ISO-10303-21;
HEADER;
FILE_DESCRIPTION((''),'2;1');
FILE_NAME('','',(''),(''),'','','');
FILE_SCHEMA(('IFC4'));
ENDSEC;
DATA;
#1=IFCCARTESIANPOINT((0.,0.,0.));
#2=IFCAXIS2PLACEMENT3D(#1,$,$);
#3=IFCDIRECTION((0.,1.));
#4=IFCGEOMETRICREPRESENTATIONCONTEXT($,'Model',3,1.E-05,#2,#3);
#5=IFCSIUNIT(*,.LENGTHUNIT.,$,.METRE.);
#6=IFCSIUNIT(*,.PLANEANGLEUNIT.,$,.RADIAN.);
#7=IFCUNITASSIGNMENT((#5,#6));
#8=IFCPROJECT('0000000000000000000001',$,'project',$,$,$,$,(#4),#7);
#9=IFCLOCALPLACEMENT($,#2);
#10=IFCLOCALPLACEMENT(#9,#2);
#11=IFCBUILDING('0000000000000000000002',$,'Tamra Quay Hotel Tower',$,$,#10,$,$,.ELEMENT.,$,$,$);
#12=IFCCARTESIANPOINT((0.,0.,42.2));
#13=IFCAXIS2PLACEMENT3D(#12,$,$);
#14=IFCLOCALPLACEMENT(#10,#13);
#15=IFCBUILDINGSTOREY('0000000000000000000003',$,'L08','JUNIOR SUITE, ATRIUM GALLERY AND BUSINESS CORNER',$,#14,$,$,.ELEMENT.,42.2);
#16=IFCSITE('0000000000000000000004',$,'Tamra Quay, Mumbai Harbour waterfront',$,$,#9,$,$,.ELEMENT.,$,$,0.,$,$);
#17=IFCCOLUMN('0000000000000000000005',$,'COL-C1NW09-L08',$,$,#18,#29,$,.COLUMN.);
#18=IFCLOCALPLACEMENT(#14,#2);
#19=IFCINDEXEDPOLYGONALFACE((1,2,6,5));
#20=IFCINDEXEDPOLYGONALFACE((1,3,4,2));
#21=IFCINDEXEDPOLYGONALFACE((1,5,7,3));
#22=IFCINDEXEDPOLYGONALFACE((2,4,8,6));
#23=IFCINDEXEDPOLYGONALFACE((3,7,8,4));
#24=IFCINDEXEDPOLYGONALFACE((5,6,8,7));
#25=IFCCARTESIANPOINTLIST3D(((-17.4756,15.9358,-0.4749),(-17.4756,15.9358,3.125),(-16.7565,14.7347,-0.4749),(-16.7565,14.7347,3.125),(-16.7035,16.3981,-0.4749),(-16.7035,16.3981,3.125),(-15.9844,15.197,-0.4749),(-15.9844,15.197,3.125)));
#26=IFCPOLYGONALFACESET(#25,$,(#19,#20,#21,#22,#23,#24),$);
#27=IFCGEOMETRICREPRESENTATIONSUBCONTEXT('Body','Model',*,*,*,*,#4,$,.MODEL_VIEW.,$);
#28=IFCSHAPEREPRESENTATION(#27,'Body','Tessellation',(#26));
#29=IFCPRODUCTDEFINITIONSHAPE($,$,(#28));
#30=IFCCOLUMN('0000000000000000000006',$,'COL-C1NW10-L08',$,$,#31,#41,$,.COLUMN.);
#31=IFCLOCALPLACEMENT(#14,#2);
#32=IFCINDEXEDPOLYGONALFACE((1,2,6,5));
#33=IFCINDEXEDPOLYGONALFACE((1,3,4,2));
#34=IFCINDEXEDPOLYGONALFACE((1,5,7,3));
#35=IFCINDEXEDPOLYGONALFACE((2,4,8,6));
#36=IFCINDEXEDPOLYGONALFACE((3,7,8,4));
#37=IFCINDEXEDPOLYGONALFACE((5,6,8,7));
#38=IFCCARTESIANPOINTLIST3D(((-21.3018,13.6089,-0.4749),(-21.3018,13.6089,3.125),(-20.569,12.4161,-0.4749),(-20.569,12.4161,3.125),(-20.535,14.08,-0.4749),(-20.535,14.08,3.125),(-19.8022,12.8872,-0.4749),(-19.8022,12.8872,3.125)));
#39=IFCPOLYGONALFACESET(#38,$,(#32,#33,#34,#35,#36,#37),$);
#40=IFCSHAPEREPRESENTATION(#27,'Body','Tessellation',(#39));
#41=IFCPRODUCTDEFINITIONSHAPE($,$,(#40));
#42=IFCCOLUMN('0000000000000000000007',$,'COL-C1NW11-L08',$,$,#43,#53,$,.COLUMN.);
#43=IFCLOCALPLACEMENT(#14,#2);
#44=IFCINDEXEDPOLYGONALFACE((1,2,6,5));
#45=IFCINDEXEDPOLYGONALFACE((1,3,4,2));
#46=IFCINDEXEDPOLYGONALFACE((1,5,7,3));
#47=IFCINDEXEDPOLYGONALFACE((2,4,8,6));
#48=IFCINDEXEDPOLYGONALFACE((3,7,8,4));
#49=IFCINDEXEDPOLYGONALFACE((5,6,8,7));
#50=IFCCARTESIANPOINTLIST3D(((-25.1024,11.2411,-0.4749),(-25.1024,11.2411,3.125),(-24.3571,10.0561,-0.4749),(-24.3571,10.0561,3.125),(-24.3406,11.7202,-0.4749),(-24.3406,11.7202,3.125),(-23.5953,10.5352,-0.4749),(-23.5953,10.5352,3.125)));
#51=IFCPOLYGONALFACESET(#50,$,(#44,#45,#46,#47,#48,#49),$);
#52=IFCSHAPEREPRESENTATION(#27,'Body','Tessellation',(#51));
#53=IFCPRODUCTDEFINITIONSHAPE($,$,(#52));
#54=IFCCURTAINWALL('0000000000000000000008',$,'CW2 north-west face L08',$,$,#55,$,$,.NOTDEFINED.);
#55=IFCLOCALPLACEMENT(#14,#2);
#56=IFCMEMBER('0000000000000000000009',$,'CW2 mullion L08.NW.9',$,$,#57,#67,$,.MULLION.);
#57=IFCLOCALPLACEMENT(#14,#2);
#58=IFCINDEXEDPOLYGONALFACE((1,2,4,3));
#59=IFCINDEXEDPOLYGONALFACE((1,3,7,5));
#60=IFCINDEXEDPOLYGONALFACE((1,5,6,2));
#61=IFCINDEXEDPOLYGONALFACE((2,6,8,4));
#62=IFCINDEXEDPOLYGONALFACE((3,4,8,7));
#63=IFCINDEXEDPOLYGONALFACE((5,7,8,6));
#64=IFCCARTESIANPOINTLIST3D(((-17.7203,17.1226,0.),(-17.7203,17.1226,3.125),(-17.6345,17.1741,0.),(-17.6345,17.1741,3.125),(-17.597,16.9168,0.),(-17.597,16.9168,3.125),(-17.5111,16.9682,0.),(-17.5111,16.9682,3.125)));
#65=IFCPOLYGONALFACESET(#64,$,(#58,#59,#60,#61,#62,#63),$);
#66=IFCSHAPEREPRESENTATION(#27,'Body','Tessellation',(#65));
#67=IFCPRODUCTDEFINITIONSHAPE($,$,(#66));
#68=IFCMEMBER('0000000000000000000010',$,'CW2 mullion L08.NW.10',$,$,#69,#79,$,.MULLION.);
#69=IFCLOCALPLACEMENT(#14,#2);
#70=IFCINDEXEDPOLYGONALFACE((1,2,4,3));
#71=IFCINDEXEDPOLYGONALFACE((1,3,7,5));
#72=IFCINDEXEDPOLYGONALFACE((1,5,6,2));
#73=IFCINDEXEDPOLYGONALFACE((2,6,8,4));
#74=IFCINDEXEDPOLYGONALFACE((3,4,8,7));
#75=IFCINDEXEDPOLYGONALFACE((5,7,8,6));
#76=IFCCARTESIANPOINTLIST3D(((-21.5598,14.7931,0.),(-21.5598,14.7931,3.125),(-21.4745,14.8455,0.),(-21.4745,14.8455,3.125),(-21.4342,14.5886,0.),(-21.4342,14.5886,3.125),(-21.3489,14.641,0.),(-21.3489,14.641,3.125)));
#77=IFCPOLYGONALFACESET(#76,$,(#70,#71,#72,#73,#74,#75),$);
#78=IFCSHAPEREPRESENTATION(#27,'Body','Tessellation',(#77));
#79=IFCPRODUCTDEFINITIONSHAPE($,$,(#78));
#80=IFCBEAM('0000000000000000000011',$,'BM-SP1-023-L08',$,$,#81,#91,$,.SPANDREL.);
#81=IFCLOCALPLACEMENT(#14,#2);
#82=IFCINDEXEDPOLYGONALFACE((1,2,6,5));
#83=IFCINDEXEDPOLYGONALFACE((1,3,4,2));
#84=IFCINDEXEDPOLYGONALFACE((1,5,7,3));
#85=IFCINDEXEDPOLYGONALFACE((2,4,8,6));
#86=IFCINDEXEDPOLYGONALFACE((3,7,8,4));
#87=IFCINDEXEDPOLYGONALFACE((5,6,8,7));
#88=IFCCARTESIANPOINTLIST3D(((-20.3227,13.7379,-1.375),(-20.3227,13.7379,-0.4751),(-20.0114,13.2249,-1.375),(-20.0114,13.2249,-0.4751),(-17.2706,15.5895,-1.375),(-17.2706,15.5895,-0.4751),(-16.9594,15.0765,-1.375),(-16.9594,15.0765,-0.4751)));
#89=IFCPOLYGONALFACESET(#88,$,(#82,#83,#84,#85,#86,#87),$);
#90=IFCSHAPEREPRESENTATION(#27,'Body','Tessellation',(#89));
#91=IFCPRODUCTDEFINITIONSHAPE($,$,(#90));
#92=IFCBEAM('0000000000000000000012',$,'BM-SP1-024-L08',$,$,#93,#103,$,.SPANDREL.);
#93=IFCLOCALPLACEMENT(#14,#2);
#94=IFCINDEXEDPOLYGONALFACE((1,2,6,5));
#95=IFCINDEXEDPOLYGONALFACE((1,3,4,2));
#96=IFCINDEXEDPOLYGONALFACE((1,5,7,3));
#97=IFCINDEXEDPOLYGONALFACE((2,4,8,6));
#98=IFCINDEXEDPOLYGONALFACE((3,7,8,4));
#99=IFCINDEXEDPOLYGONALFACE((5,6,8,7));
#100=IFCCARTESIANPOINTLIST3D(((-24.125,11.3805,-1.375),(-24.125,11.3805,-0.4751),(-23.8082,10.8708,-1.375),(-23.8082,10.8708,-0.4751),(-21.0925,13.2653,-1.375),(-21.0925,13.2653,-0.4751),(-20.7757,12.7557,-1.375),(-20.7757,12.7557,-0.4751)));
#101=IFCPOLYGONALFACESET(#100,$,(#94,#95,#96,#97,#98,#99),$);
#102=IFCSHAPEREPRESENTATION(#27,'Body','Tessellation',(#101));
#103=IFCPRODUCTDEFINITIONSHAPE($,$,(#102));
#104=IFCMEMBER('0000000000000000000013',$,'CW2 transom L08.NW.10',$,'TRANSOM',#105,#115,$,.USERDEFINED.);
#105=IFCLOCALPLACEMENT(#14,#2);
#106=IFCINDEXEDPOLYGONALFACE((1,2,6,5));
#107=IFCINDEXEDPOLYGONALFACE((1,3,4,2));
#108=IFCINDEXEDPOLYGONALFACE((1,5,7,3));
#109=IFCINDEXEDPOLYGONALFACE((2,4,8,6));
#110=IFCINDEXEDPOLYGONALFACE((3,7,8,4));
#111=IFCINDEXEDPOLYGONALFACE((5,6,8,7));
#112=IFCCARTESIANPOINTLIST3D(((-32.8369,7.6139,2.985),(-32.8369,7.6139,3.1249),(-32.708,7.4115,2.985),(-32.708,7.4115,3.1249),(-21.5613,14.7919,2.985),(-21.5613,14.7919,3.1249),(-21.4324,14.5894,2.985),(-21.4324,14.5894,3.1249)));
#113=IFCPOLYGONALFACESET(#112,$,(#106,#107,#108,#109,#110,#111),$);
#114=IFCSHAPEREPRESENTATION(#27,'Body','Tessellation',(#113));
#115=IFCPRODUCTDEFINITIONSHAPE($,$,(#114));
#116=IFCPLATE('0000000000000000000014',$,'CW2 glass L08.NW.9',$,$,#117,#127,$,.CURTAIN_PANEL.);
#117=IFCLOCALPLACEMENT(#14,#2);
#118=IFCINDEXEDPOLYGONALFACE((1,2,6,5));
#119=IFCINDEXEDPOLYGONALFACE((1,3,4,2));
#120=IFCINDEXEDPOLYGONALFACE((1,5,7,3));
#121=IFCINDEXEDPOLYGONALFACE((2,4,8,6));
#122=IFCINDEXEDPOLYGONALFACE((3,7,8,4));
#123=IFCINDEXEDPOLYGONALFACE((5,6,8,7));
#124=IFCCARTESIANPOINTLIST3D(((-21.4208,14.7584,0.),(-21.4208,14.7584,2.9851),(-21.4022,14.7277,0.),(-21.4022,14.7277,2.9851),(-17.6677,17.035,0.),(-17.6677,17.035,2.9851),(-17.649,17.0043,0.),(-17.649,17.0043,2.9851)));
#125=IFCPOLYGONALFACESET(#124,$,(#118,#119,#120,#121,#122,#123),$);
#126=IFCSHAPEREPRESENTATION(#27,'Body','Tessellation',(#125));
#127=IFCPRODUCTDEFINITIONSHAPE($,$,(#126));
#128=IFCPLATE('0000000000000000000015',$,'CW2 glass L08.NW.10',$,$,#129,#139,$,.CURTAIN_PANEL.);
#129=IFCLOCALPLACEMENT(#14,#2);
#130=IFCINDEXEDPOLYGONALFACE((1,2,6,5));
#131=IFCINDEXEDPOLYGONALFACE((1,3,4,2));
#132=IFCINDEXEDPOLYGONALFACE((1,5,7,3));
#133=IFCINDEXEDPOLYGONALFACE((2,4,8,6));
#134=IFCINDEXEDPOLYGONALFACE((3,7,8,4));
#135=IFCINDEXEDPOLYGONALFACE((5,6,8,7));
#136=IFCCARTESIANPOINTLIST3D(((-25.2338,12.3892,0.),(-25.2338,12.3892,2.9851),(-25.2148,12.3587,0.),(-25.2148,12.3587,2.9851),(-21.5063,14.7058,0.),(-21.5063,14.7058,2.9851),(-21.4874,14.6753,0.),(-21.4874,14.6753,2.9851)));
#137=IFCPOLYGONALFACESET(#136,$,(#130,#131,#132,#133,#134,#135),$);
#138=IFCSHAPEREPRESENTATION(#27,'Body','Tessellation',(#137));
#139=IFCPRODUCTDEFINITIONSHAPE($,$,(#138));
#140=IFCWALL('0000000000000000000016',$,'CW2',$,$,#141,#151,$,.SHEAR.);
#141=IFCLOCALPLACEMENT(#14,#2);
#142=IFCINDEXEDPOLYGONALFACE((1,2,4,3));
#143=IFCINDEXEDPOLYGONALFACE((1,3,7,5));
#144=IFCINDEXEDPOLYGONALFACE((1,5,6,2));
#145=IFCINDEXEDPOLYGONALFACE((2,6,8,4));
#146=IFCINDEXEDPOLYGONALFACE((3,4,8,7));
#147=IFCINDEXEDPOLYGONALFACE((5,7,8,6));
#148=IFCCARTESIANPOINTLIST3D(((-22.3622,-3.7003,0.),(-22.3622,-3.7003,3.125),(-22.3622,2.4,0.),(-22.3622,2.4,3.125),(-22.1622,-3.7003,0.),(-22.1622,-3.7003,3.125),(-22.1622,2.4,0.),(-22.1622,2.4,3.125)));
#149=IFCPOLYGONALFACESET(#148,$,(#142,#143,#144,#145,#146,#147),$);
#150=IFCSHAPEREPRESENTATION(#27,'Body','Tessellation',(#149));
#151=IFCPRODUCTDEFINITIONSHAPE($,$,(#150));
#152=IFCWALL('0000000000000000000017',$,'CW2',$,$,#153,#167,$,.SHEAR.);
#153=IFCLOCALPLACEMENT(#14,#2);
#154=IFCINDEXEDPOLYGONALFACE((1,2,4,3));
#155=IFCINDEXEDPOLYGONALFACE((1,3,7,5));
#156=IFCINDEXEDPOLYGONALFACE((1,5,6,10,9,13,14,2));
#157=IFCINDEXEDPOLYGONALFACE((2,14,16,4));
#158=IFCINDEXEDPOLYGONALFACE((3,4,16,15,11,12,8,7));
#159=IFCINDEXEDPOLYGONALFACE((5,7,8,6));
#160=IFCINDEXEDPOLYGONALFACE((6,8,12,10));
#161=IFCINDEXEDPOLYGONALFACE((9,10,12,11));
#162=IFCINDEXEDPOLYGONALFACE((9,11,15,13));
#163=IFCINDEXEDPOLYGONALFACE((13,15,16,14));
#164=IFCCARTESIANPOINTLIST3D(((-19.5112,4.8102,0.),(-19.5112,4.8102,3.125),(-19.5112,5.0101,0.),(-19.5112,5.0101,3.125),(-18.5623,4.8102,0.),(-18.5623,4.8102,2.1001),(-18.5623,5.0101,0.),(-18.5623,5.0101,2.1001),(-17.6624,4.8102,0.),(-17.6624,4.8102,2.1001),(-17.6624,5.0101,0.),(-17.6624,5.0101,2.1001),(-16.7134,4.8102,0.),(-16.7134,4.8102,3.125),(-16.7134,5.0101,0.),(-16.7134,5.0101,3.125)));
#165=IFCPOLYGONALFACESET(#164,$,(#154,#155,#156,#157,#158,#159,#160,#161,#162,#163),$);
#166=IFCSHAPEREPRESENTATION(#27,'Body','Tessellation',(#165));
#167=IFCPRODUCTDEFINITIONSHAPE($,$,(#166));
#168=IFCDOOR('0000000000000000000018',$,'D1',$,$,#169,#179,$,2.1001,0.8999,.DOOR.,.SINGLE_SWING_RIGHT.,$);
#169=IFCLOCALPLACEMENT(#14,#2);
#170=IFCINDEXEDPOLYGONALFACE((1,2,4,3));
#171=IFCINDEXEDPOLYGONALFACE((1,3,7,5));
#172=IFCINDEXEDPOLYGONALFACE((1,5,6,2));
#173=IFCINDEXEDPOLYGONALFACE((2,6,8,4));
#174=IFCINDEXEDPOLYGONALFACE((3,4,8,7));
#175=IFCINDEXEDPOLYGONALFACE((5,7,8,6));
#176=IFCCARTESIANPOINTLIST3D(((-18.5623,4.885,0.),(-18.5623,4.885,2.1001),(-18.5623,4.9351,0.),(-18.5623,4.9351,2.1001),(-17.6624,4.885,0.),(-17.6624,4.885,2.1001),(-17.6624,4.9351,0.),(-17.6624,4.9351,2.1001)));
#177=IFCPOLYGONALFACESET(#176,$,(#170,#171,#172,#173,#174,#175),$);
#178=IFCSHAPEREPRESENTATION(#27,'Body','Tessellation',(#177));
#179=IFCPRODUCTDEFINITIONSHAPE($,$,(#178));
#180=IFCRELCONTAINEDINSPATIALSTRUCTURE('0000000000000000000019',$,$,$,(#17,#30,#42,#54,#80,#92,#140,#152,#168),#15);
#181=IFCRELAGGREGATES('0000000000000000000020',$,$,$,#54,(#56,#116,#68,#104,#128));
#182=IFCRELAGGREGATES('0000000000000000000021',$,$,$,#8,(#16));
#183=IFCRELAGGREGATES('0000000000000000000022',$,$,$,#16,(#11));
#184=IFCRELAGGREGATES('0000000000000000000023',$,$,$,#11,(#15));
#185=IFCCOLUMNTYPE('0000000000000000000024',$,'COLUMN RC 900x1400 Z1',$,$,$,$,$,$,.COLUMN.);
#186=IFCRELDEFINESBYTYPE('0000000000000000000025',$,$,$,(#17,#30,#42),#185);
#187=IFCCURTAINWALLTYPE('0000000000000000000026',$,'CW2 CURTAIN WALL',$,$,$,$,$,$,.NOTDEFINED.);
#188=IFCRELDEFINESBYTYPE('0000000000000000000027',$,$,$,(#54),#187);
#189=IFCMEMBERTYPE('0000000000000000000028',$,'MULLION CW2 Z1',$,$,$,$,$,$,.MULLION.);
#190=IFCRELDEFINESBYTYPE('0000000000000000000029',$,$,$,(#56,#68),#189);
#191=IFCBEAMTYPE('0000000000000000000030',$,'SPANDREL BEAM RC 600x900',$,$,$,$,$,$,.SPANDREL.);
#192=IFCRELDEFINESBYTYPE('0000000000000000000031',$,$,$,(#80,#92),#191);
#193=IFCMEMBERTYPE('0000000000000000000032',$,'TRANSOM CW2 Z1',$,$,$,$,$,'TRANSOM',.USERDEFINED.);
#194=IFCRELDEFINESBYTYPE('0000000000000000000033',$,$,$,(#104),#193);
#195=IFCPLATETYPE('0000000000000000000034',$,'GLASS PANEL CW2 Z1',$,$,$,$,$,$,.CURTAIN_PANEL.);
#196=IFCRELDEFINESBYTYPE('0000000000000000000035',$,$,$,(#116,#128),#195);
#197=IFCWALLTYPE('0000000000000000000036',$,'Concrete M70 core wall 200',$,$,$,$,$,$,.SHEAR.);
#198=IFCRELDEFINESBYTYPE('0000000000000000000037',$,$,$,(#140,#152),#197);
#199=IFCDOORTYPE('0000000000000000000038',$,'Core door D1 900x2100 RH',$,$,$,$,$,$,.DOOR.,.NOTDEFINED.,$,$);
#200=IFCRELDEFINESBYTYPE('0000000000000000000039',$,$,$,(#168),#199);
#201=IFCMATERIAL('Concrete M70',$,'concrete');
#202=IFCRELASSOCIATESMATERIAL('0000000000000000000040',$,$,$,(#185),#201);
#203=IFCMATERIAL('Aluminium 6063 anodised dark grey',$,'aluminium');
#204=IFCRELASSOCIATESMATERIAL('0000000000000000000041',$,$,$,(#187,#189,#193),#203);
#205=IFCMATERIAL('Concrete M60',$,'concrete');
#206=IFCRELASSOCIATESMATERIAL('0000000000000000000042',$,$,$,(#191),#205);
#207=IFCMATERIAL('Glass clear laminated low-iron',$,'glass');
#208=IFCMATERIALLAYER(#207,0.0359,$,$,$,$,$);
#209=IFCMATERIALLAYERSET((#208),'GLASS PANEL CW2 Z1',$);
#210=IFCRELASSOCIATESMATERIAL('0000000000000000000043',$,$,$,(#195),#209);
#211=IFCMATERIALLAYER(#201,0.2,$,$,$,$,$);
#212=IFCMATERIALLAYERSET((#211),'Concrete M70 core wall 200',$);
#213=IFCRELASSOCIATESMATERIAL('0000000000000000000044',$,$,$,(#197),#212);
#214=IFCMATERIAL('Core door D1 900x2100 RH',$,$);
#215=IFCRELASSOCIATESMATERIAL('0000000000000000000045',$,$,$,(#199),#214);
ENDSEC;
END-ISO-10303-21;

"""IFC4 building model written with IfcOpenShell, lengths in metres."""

from ifc_helpers import new_model, si_unit, direction, frame, frame_2d, origin, origin_2d, place, context, subcontext, project, spatial, rectangle, extrude, material, layer, layer_set, material_profile, profile_set, type_object, element, fill, aggregate, save


model = new_model("IFC4")

# Units and contexts
model_context = context("Model", 3, precision=1e-05, world=origin(), true_north=direction((0.0, 1.0)))
body_context = subcontext(model_context, "Body", "Model", "MODEL_VIEW")
ifc_project = project(units=[si_unit("LENGTHUNIT", "METRE"), si_unit("PLANEANGLEUNIT", "RADIAN")], contexts=[model_context])

# Site, building, storey
site_placement = place(None, origin())
site = spatial("IfcSite", under=ifc_project, at=site_placement, Name="Tamra Quay, Mumbai Harbour waterfront", CompositionType="ELEMENT", RefElevation=0.0)
building_placement = place(site_placement, origin())
building = spatial("IfcBuilding", under=site, at=building_placement, Name="Tamra Quay Hotel Tower", CompositionType="ELEMENT")
storey_placement = place(building_placement, frame((0.0, 0.0, 42.2)))
storey = spatial("IfcBuildingStorey", under=building, at=storey_placement, Name="L08", Description="JUNIOR SUITE, ATRIUM GALLERY AND BUSINESS CORNER", CompositionType="ELEMENT", Elevation=42.2)

# Columns
ifc_material_1 = material(Name="Concrete M70", Category="concrete")
ifc_material_profile_1 = material_profile(ifc_material_1, rectangle(XDim=1.3999, YDim=0.8999, at=origin_2d()), Name="COLUMN RC 900x1400 Z1")
ifc_profile_set_1 = profile_set([ifc_material_profile_1], Name="Concrete M70")
column_type = type_object("IfcColumnType", Name="COLUMN RC 900x1400 Z1", PredefinedType="COLUMN", material=ifc_profile_set_1)
for number, where, z_axis, x_axis, name in (
    (1, (-16.73, 15.5664, -0.4749), (0.0, 0.0, 1.0), (-0.513654, 0.857998, 0.0), "COL-C1NW09-L08"),
    (2, (-20.552, 13.248, -0.4749), (0.0, 0.0, 1.0), (-0.52343, 0.852069, 0.0), "COL-C1NW10-L08"),
    (3, (-24.3489, 10.8882, -0.4749), (0.0, 0.0, 1.0), (-0.532389, 0.8465, 0.0), "COL-C1NW11-L08"),
):
    element("IfcColumn", number, at=place(storey_placement, frame(where, z_axis=z_axis, x_axis=x_axis)), inside=storey, type_object=column_type, Name=name, PredefinedType="COLUMN", context=body_context, shape_type="SweptSolid", body=[
        extrude(rectangle(XDim=1.3999, YDim=0.8999, at=origin_2d()), origin(), (0.0, 0.0, 1.0), 3.5999),
    ])

# Curtain wall, members
ifc_material_2 = material(Name="Aluminium 6063 anodised dark grey", Category="aluminium")
curtain_wall_type = type_object("IfcCurtainWallType", Name="CW2 CURTAIN WALL", PredefinedType="NOTDEFINED", material=ifc_material_2)
curtain_wall_placement = place(storey_placement, origin())
curtain_wall = element("IfcCurtainWall", 4, at=curtain_wall_placement, inside=storey, type_object=curtain_wall_type, Name="CW2 north-west face L08", PredefinedType="NOTDEFINED")
ifc_material_profile_2 = material_profile(ifc_material_2, rectangle(XDim=0.24, YDim=0.1001, at=origin_2d()), Name="MULLION 100X240")
ifc_profile_set_2 = profile_set([ifc_material_profile_2], Name="Aluminium 6063 anodised dark grey")
member_type_1 = type_object("IfcMemberType", Name="MULLION CW2 Z1", PredefinedType="MULLION", material=ifc_profile_set_2)
member_1_placement = place(storey_placement, frame((-17.6157, 17.0454, 0.0), z_axis=(0.0, 0.0, 1.0), x_axis=(-0.514005, 0.857787, 0.0)))
member_1 = element("IfcMember", 5, at=member_1_placement, type_object=member_type_1, Name="CW2 mullion L08.NW.9", PredefinedType="MULLION", context=body_context, shape_type="SweptSolid", body=[
    extrude(rectangle(XDim=0.24, YDim=0.1001, at=origin_2d()), origin(), (0.0, 0.0, 1.0), 3.125),
])
member_2_placement = place(storey_placement, frame((-21.4543, 14.717, 0.0), z_axis=(0.0, 0.0, 1.0), x_axis=(-0.523257, 0.852175, 0.0)))
member_2 = element("IfcMember", 6, at=member_2_placement, type_object=member_type_1, Name="CW2 mullion L08.NW.10", PredefinedType="MULLION", context=body_context, shape_type="SweptSolid", body=[
    extrude(rectangle(XDim=0.24, YDim=0.1001, at=origin_2d()), origin(), (0.0, 0.0, 1.0), 3.125),
])

# Beams
ifc_material_3 = material(Name="Concrete M60", Category="concrete")
ifc_material_profile_3 = material_profile(ifc_material_3, rectangle(XDim=0.6001, YDim=0.8999, at=origin_2d()), Name="SPANDREL BEAM RC 600x900")
ifc_profile_set_3 = profile_set([ifc_material_profile_3], Name="Concrete M60")
beam_type = type_object("IfcBeamType", Name="SPANDREL BEAM RC 600x900", PredefinedType="SPANDREL", material=ifc_profile_set_3)
beam_1_placement = place(storey_placement, frame((-17.115, 15.333, -0.925), z_axis=(-0.854966, -0.518684, 0.0), x_axis=(0.518684, -0.854966, 0.0)))
element("IfcBeam", 7, at=beam_1_placement, inside=storey, type_object=beam_type, Name="BM-SP1-023-L08", PredefinedType="SPANDREL", context=body_context, shape_type="SweptSolid", body=[
    extrude(rectangle(XDim=0.6001, YDim=0.8999, at=origin_2d()), origin(), (0.0, 0.0, 1.0), 3.5698),
])
beam_2_placement = place(storey_placement, frame((-20.9341, 13.0105, -0.925), z_axis=(-0.849321, -0.527877, 0.0), x_axis=(0.527877, -0.849321, 0.0)))
element("IfcBeam", 8, at=beam_2_placement, inside=storey, type_object=beam_type, Name="BM-SP1-024-L08", PredefinedType="SPANDREL", context=body_context, shape_type="SweptSolid", body=[
    extrude(rectangle(XDim=0.6001, YDim=0.8999, at=origin_2d()), origin(), (0.0, 0.0, 1.0), 3.5706),
])

# Member
ifc_material_profile_4 = material_profile(ifc_material_2, rectangle(XDim=0.24, YDim=0.1399, at=origin_2d()), Name="TRANSOM 240X140")
ifc_profile_set_4 = profile_set([ifc_material_profile_4], Name="Aluminium 6063 anodised dark grey")
member_type_2 = type_object("IfcMemberType", Name="TRANSOM CW2 Z1", ElementType="TRANSOM", PredefinedType="USERDEFINED", material=ifc_profile_set_4)
member_3_placement = place(storey_placement, frame((-21.4968, 14.6907, 3.0549), z_axis=(-0.843574, -0.537013, 0.0), x_axis=(0.537013, -0.843574, 0.0)))
member_3 = element("IfcMember", 9, at=member_3_placement, type_object=member_type_2, Name="CW2 transom L08.NW.10", ObjectType="TRANSOM", PredefinedType="USERDEFINED", context=body_context, shape_type="SweptSolid", body=[
    extrude(rectangle(XDim=0.24, YDim=0.1399, at=origin_2d()), origin(), (0.0, 0.0, 1.0), 13.3665),
])

# Plates
ifc_material_4 = material(Name="Glass clear laminated low-iron", Category="glass")
ifc_layer_1 = layer(ifc_material_4, 0.0359)
ifc_layer_set_1 = layer_set([ifc_layer_1], Name="GLASS PANEL CW2 Z1")
plate_type = type_object("IfcPlateType", Name="GLASS PANEL CW2 Z1", PredefinedType="CURTAIN_PANEL", material=ifc_layer_set_1)
plate_1_placement = place(storey_placement, frame((-19.5349, 15.8813, 0.0), z_axis=(0.0, 0.0, 1.0), x_axis=(-0.854993, -0.518639, 0.0)))
plate_1 = element("IfcPlate", 10, at=plate_1_placement, type_object=plate_type, Name="CW2 glass L08.NW.9", PredefinedType="CURTAIN_PANEL", context=body_context, shape_type="SweptSolid", body=[
    extrude(rectangle(XDim=4.3896, YDim=0.0359, at=origin_2d()), origin(), (0.0, 0.0, 1.0), 2.9851),
])
plate_2_placement = place(storey_placement, frame((-23.3606, 13.5322, 0.0), z_axis=(0.0, 0.0, 1.0), x_axis=(-0.849331, -0.52786, 0.0)))
plate_2 = element("IfcPlate", 11, at=plate_2_placement, type_object=plate_type, Name="CW2 glass L08.NW.10", PredefinedType="CURTAIN_PANEL", context=body_context, shape_type="SweptSolid", body=[
    extrude(rectangle(XDim=4.3887, YDim=0.0359, at=origin_2d()), origin(), (0.0, 0.0, 1.0), 2.9851),
])
aggregate(curtain_wall, [member_1, plate_1, member_2, member_3, plate_2])

# Wall
ifc_layer_2 = layer(ifc_material_1, 0.2)
ifc_layer_set_2 = layer_set([ifc_layer_2], Name="Concrete M70 core wall 200")
wall_type_1 = type_object("IfcWallType", Name="Concrete M70 core wall 200", PredefinedType="SHEAR", material=ifc_layer_set_2)
wall_1_placement = place(storey_placement, frame((-22.2622, 2.4001, 0.0), z_axis=(0.0, 0.0, 1.0), x_axis=(0.0, -1.0, 0.0)))
element("IfcWall", 12, at=wall_1_placement, inside=storey, type_object=wall_type_1, Name="CW2", PredefinedType="SHEAR", context=body_context, shape_type="SweptSolid", body=[
    extrude(rectangle(XDim=6.1003, YDim=0.2, at=frame_2d((3.0503, 0.0))), origin(), (0.0, 0.0, 1.0), 3.125),
])

# Wall, opening, door
wall_2_placement = place(storey_placement, frame((-19.5112, 4.9102, 0.0), z_axis=(0.0, 0.0, 1.0), x_axis=(1.0, 0.0, 0.0)))
wall_2 = element("IfcWall", 13, at=wall_2_placement, inside=storey, type_object=wall_type_1, Name="CW2", PredefinedType="SHEAR", context=body_context, shape_type="SweptSolid", body=[
    extrude(rectangle(XDim=2.7979, YDim=0.2, at=frame_2d((1.3989, 0.0))), origin(), (0.0, 0.0, 1.0), 3.125),
])
opening_1_placement = place(wall_2_placement, frame((0.949, 0.0, 0.0)))
opening_1 = element("IfcOpeningElement", 14, at=opening_1_placement, cuts=wall_2, PredefinedType="OPENING", context=body_context, shape_type="SweptSolid", body=[
    extrude(rectangle(XDim=0.8999, YDim=2.1001, at=frame_2d((0.45, 1.05))), frame((0.0, 0.1099, 0.0), z_axis=(0.0, -1.0, 0.0), x_axis=(1.0, 0.0, 0.0)), (0.0, 0.0, 1.0), 0.22),
])
ifc_material_5 = material(Name="Core door D1 900x2100 RH")
door_type_1 = type_object("IfcDoorType", Name="Core door D1 900x2100 RH", OperationType="NOTDEFINED", PredefinedType="DOOR", material=ifc_material_5)
door_1_placement = place(opening_1_placement, origin())
door_1 = element("IfcDoor", 15, at=door_1_placement, inside=storey, type_object=door_type_1, Name="D1", OperationType="SINGLE_SWING_RIGHT", OverallHeight=2.1001, OverallWidth=0.8999, PredefinedType="DOOR", context=body_context, shape_type="SweptSolid", body=[
    extrude(rectangle(XDim=0.8999, YDim=2.1001, at=frame_2d((0.45, 1.05))), frame((0.0, 0.0249, 0.0), z_axis=(0.0, -1.0, 0.0), x_axis=(1.0, 0.0, 0.0)), (0.0, 0.0, 1.0), 0.05),
])
fill(opening_1, door_1)

save(model, "model.ifc")
